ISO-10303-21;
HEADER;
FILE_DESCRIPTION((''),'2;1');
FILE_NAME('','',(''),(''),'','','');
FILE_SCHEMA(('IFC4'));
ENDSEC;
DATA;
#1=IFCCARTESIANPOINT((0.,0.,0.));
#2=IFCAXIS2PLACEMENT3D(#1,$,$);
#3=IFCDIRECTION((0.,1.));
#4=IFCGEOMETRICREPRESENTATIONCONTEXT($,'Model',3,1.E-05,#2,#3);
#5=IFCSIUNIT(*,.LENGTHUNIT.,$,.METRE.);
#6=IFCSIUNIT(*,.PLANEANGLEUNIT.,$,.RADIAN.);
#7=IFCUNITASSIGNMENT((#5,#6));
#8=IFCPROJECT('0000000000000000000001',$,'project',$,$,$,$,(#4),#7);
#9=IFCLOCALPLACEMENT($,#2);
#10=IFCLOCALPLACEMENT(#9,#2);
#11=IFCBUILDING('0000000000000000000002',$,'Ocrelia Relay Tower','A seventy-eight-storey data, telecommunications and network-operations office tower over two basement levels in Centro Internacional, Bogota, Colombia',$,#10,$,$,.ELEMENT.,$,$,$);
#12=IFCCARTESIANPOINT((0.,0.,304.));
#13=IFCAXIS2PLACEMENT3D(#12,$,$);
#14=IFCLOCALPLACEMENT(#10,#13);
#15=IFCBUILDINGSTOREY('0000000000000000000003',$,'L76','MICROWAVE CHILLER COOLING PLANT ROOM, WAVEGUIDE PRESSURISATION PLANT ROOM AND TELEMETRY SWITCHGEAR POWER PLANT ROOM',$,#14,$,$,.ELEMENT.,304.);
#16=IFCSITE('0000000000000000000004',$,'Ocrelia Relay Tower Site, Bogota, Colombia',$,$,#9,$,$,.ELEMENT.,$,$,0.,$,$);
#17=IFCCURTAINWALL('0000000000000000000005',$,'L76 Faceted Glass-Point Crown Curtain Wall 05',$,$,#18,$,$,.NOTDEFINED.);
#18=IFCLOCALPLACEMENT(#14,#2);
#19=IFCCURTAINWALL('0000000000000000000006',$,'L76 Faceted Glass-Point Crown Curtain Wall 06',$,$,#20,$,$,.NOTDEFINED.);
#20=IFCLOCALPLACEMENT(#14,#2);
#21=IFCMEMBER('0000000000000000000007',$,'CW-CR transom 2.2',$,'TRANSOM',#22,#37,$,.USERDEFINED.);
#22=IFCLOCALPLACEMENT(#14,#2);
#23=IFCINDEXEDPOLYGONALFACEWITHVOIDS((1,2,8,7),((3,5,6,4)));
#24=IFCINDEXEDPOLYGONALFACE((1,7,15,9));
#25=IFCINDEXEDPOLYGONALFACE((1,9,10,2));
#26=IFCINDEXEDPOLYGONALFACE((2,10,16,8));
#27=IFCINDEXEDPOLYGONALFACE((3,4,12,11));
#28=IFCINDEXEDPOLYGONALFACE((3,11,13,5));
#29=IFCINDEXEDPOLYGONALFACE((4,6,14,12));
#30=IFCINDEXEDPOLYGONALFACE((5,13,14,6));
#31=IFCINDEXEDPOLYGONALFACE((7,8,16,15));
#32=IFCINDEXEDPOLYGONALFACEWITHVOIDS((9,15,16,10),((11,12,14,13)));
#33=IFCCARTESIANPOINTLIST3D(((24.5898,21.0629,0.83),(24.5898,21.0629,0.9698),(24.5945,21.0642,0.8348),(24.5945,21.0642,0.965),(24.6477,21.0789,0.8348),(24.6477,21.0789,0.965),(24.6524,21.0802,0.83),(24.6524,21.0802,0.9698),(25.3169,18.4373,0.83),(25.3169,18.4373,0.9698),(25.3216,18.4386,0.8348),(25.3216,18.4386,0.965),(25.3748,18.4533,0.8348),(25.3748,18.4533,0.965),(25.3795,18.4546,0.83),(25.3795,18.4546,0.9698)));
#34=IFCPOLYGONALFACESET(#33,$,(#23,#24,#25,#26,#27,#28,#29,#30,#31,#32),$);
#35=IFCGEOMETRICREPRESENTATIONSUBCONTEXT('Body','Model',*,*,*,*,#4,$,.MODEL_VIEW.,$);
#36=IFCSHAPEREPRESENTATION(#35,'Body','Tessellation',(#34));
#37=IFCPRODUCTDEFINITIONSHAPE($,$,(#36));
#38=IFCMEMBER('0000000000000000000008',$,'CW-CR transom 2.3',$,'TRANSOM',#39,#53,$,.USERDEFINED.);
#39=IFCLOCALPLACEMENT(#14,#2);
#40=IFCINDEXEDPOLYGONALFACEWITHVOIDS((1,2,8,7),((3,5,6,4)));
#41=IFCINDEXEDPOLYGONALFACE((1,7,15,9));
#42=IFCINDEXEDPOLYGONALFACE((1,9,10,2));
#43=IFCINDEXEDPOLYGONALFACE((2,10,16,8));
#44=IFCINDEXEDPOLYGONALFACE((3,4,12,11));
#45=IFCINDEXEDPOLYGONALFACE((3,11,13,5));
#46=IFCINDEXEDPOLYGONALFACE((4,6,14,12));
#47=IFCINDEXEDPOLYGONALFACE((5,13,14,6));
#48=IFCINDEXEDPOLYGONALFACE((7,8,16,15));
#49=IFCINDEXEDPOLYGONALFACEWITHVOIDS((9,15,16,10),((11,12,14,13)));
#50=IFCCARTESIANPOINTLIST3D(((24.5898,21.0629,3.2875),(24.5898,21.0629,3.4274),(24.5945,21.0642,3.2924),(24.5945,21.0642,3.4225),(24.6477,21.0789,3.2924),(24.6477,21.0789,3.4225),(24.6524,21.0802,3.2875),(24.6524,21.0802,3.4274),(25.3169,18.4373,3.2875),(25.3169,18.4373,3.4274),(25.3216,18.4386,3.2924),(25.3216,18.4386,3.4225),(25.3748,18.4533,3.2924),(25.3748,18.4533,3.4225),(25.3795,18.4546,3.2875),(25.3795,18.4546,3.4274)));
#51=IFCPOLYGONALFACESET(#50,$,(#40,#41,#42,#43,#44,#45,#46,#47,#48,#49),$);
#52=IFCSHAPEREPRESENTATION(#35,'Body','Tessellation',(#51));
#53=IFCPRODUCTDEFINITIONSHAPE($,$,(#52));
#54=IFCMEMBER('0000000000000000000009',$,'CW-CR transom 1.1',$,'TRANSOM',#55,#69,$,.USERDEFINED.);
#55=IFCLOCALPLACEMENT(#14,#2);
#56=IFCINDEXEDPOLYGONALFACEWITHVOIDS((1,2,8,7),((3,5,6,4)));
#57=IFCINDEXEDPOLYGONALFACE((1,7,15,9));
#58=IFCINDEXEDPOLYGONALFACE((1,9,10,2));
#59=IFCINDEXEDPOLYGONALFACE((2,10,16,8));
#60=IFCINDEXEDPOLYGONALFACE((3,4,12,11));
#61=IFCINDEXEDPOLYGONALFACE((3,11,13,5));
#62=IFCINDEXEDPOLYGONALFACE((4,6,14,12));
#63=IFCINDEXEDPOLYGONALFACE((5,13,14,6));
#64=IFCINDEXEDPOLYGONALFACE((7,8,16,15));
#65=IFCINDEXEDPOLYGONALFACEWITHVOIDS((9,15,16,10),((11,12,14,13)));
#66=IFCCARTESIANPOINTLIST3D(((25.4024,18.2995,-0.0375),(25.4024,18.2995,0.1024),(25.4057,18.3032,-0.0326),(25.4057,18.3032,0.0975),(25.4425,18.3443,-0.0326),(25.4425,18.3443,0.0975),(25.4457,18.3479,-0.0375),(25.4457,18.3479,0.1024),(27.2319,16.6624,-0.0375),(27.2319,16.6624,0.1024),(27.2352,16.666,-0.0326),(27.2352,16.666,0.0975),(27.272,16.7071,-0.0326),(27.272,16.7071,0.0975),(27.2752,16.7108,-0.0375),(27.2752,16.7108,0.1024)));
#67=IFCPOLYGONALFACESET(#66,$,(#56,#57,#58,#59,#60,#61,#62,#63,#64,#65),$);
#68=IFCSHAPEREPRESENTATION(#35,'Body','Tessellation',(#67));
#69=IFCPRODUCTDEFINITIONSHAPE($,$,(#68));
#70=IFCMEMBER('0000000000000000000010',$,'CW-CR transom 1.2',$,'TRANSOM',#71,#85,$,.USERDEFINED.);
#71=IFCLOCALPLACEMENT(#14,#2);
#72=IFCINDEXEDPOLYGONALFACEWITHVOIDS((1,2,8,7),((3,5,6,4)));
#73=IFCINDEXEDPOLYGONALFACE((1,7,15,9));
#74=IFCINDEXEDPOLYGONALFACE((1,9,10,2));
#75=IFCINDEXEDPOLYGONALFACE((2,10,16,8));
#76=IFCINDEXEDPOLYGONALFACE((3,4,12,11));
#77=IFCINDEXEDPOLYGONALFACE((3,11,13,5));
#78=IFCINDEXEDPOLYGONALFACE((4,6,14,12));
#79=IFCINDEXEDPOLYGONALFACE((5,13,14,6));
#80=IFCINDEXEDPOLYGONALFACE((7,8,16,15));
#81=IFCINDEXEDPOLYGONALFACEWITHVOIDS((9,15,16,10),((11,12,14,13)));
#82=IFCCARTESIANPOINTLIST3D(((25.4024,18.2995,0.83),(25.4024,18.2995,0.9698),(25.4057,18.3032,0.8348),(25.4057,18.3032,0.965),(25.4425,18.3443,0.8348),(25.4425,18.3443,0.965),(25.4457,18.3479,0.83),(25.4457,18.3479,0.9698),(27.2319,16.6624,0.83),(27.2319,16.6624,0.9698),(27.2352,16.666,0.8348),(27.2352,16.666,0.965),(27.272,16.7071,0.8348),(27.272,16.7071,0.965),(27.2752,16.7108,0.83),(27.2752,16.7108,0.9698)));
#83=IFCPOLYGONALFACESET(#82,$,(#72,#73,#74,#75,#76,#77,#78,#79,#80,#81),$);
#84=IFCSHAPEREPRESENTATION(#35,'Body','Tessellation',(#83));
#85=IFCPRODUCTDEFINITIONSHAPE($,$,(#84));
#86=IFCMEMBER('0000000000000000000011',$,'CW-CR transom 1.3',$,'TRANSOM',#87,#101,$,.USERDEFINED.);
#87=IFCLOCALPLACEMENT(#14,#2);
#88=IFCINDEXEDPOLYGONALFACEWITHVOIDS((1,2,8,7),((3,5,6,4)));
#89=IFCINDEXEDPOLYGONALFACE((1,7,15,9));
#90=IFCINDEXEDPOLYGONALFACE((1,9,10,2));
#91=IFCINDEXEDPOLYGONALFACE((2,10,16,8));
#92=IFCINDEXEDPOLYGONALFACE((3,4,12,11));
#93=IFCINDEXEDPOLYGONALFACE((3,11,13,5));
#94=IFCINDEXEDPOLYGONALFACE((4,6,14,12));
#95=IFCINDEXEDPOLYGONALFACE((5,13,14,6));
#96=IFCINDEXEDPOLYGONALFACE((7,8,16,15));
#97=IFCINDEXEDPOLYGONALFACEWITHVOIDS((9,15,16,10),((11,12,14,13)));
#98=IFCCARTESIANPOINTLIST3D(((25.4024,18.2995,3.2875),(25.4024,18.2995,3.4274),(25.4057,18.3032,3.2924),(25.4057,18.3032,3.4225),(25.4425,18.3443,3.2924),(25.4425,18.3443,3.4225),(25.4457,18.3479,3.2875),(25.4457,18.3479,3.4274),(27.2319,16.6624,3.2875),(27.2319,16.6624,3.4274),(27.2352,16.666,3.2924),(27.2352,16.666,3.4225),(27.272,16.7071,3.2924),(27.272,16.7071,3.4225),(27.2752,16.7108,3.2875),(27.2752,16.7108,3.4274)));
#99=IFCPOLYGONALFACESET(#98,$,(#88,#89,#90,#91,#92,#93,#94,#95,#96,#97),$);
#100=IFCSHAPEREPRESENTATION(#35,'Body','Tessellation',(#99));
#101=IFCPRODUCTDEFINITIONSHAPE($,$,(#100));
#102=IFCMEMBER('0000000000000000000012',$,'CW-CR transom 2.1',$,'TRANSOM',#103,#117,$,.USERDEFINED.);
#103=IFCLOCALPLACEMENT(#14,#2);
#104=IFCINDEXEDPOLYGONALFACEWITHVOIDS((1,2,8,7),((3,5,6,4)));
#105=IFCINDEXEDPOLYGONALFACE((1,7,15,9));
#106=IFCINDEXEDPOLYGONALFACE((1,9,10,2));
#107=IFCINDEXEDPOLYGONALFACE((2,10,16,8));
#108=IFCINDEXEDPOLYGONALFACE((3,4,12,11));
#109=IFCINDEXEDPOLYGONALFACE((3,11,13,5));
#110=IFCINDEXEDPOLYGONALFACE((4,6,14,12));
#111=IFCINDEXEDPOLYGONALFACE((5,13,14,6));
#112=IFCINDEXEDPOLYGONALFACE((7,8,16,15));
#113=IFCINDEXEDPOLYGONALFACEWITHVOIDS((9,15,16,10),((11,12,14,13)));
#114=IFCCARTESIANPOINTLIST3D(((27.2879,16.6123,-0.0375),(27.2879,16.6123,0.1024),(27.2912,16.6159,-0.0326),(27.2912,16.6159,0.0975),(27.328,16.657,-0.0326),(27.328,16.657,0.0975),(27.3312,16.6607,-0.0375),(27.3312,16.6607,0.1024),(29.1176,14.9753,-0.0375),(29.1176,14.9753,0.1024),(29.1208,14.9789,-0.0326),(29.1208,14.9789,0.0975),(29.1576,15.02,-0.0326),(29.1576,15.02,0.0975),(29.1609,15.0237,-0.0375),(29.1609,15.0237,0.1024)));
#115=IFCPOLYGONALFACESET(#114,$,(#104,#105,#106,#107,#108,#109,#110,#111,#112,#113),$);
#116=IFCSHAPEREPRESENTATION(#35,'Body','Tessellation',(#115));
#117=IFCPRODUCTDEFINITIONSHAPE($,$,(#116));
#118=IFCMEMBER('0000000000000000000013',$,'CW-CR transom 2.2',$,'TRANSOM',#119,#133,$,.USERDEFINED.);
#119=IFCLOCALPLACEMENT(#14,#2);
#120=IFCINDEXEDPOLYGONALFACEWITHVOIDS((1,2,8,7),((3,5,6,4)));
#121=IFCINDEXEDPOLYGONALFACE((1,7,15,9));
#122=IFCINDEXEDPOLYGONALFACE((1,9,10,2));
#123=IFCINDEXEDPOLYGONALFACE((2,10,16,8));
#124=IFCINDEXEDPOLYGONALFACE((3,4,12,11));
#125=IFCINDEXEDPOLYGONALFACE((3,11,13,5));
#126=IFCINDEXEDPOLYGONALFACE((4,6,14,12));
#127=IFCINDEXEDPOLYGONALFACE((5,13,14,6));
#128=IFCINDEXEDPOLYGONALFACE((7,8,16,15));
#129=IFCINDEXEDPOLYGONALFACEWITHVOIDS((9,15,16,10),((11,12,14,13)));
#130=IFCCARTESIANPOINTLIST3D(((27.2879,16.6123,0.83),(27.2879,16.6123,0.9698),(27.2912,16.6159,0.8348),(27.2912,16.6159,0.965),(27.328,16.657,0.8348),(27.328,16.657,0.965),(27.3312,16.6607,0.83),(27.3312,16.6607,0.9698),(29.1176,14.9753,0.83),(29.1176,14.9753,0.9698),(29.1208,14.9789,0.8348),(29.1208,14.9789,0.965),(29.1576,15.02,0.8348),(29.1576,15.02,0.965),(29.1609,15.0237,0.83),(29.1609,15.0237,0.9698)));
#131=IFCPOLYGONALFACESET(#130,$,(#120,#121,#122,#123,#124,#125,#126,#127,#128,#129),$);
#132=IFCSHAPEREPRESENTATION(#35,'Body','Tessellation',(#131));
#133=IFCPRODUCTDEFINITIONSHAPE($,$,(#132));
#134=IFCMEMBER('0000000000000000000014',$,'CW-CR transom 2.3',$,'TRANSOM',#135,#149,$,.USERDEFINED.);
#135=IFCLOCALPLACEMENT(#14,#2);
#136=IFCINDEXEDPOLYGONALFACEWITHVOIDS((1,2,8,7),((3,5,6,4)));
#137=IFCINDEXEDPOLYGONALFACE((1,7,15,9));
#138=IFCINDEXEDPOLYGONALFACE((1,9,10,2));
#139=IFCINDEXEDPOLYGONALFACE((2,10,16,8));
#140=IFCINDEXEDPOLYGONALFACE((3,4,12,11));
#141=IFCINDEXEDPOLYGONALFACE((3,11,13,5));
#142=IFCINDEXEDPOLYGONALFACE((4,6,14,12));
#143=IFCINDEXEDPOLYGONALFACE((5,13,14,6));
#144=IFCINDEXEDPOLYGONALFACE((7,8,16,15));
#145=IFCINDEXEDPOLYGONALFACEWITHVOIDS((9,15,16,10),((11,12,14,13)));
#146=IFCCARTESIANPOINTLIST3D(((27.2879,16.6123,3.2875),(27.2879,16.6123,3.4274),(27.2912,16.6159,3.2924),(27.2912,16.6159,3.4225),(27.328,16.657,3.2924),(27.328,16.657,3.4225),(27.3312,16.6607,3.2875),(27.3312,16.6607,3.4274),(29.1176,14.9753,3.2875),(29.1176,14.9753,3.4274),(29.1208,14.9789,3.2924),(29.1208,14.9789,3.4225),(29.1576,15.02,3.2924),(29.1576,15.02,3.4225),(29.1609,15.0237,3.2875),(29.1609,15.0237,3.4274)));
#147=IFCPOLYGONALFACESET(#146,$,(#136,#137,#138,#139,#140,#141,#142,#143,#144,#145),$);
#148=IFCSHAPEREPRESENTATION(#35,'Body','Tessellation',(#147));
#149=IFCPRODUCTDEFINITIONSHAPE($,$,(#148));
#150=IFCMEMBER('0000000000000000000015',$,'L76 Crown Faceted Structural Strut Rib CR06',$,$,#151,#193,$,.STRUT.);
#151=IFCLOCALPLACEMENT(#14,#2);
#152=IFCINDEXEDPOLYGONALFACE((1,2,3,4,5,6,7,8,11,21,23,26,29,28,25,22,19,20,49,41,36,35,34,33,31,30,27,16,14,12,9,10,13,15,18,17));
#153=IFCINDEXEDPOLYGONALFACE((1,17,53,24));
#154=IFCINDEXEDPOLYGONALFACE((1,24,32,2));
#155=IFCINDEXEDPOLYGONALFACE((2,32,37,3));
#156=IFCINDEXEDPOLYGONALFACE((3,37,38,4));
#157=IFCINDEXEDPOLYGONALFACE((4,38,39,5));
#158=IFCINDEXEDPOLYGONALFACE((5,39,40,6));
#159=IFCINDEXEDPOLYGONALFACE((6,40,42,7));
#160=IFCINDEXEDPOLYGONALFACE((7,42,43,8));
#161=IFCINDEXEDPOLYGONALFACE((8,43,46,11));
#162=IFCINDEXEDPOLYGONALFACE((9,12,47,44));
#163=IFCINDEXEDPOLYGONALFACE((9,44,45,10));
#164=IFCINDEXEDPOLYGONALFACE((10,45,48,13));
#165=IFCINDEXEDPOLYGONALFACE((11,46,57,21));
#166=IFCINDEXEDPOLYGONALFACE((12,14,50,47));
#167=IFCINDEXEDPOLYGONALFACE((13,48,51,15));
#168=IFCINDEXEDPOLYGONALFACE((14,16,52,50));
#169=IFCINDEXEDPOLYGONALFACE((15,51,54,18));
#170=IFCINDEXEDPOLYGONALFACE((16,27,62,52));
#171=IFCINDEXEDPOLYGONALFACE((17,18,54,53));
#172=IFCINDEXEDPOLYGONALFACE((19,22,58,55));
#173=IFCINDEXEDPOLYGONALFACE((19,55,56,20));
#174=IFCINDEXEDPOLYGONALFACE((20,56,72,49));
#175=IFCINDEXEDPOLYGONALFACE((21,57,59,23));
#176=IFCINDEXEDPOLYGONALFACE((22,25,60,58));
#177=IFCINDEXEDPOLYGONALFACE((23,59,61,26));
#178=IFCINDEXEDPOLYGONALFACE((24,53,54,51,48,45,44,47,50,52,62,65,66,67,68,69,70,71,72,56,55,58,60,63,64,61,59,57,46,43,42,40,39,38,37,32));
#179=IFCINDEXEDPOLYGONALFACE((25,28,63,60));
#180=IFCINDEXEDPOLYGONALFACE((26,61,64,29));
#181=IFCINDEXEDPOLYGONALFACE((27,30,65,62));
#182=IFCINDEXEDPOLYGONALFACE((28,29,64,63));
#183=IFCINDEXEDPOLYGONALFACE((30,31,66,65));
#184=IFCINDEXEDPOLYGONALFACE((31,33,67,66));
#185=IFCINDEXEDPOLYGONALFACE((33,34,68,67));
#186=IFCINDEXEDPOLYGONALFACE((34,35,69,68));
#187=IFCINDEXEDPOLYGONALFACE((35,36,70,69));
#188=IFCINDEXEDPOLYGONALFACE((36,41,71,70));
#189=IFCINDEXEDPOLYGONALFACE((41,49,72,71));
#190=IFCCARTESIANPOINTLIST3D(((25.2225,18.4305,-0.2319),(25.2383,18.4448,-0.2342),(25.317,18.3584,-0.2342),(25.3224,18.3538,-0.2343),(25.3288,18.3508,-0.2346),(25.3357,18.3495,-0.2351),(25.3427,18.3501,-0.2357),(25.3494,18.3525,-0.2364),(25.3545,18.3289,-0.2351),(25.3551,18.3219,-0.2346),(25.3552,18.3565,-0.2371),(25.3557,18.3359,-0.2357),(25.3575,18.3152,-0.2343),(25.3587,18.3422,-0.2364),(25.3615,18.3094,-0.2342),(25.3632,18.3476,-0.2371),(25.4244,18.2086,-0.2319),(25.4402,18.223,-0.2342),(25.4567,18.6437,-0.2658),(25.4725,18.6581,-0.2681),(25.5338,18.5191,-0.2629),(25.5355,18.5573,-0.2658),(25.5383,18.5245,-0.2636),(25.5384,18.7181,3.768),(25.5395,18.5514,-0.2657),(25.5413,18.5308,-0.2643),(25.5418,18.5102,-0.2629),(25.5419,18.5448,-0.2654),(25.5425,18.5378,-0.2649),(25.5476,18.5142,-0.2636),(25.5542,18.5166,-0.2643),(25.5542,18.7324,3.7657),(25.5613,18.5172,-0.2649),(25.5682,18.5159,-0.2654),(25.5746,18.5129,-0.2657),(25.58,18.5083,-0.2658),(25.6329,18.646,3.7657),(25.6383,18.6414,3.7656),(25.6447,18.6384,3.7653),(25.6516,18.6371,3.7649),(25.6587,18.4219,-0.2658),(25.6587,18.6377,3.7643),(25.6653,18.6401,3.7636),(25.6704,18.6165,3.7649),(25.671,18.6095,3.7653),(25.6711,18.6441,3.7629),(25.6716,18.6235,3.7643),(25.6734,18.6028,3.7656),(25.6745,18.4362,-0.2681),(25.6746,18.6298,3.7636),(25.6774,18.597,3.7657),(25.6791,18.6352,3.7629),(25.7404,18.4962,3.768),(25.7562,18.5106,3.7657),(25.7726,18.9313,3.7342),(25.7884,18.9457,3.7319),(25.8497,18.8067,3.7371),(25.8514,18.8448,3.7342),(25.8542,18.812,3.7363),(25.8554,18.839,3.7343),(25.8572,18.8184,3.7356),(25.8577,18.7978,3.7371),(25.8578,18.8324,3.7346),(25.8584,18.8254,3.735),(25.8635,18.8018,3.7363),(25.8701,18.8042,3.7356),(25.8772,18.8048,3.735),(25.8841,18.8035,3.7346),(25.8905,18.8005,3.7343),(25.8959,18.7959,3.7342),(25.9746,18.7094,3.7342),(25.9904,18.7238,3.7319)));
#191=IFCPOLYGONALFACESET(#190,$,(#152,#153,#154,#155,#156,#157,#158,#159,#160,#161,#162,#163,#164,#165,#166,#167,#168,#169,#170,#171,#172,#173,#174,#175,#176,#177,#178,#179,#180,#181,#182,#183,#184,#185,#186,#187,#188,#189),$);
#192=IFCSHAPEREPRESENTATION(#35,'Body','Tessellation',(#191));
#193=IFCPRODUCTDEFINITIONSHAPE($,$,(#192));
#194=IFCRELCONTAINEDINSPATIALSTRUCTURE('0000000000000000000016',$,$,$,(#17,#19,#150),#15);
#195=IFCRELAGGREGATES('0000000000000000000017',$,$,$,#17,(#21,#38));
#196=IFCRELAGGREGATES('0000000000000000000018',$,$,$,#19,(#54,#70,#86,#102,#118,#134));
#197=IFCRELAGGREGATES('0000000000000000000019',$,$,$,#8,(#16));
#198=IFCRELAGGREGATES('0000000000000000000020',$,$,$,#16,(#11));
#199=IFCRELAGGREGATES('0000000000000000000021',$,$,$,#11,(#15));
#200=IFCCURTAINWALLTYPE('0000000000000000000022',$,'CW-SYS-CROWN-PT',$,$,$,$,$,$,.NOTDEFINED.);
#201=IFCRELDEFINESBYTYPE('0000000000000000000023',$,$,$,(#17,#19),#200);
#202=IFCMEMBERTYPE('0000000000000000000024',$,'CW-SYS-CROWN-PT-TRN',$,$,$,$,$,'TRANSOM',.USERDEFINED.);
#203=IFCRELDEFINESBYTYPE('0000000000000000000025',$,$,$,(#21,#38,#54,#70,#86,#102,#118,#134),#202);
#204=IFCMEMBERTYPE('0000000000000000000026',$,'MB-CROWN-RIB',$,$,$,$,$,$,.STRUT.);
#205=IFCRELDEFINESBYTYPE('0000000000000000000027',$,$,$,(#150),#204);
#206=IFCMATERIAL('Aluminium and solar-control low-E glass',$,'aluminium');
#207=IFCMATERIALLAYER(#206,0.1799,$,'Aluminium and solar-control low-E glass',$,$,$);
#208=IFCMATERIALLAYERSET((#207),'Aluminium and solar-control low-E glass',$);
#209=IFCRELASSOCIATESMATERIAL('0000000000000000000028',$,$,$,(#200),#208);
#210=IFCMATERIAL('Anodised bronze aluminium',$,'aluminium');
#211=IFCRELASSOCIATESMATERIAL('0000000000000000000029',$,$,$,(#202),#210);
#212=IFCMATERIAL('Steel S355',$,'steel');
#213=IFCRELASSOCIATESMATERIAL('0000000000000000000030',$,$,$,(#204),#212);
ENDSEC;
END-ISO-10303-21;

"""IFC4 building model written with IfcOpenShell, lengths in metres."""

from ifc_helpers import new_model, si_unit, direction, frame, origin, origin_2d, place, context, subcontext, project, spatial, hollow_rectangle, i_section, extrude, material, layer, layer_set, material_profile, profile_set, type_object, element, aggregate, save


model = new_model("IFC4")

# Units and contexts
model_context = context("Model", 3, precision=1e-05, world=origin(), true_north=direction((0.0, 1.0)))
body_context = subcontext(model_context, "Body", "Model", "MODEL_VIEW")
ifc_project = project(units=[si_unit("LENGTHUNIT", "METRE"), si_unit("PLANEANGLEUNIT", "RADIAN")], contexts=[model_context])

# Site, building, storey
site_placement = place(None, origin())
site = spatial("IfcSite", under=ifc_project, at=site_placement, Name="Ocrelia Relay Tower Site, Bogota, Colombia", CompositionType="ELEMENT", RefElevation=0.0)
building_placement = place(site_placement, origin())
building = spatial("IfcBuilding", under=site, at=building_placement, Name="Ocrelia Relay Tower", Description="A seventy-eight-storey data, telecommunications and network-operations office tower over two basement levels in Centro Internacional, Bogota, Colombia", CompositionType="ELEMENT")
storey_placement = place(building_placement, frame((0.0, 0.0, 304.0)))
storey = spatial("IfcBuildingStorey", under=building, at=storey_placement, Name="L76", Description="MICROWAVE CHILLER COOLING PLANT ROOM, WAVEGUIDE PRESSURISATION PLANT ROOM AND TELEMETRY SWITCHGEAR POWER PLANT ROOM", CompositionType="ELEMENT", Elevation=304.0)

# Shared definitions
ifc_material_1 = material(Name="Steel S355", Category="steel")

# Curtain walls
ifc_material_2 = material(Name="Aluminium and solar-control low-E glass", Category="aluminium")
ifc_layer_1 = layer(ifc_material_2, 0.1799, Name="Aluminium and solar-control low-E glass")
ifc_layer_set_1 = layer_set([ifc_layer_1], Name="Aluminium and solar-control low-E glass")
curtain_wall_type = type_object("IfcCurtainWallType", Name="CW-SYS-CROWN-PT", PredefinedType="NOTDEFINED", material=ifc_layer_set_1)
curtain_wall_1_placement = place(storey_placement, origin())
curtain_wall_1 = element("IfcCurtainWall", 1, at=curtain_wall_1_placement, inside=storey, type_object=curtain_wall_type, Name="L76 Faceted Glass-Point Crown Curtain Wall 05", PredefinedType="NOTDEFINED")
ifc_material_3 = material(Name="Anodised bronze aluminium", Category="aluminium")
curtain_wall_2_placement = place(storey_placement, origin())
curtain_wall_2 = element("IfcCurtainWall", 2, at=curtain_wall_2_placement, inside=storey, type_object=curtain_wall_type, Name="L76 Faceted Glass-Point Crown Curtain Wall 06", PredefinedType="NOTDEFINED")

# Members
ifc_material_profile_1 = material_profile(ifc_material_3, hollow_rectangle(XDim=0.0649, YDim=0.1399, WallThickness=0.0049, at=origin_2d()), Name="CW-TRN-140x65")
ifc_profile_set_1 = profile_set([ifc_material_profile_1], Name="Anodised bronze aluminium")
member_type_1 = type_object("IfcMemberType", Name="CW-SYS-CROWN-PT-TRN", ElementType="TRANSOM", PredefinedType="USERDEFINED", material=ifc_profile_set_1)
member_1_placement = place(storey_placement, frame((24.6211, 21.0715, 0.8999), z_axis=(0.266877, -0.963731, 0.0), x_axis=(0.963731, 0.266877, 0.0)))
member_1 = element("IfcMember", 3, at=member_1_placement, type_object=member_type_1, Name="CW-CR transom 2.2", ObjectType="TRANSOM", PredefinedType="USERDEFINED", context=body_context, shape_type="SweptSolid", body=[
    extrude(hollow_rectangle(XDim=0.0649, YDim=0.1399, WallThickness=0.0049, at=origin_2d()), origin(), (0.0, 0.0, 1.0), 2.7244),
])
member_2_placement = place(storey_placement, frame((24.6211, 21.0715, 3.3574), z_axis=(0.266877, -0.963731, 0.0), x_axis=(0.963731, 0.266877, 0.0)))
member_2 = element("IfcMember", 4, at=member_2_placement, type_object=member_type_1, Name="CW-CR transom 2.3", ObjectType="TRANSOM", PredefinedType="USERDEFINED", context=body_context, shape_type="SweptSolid", body=[
    extrude(hollow_rectangle(XDim=0.0649, YDim=0.1399, WallThickness=0.0049, at=origin_2d()), origin(), (0.0, 0.0, 1.0), 2.7244),
])
member_3_placement = place(storey_placement, frame((25.4241, 18.3237, 0.0325), z_axis=(0.7452, -0.666841, 0.0), x_axis=(0.666841, 0.7452, 0.0)))
member_3 = element("IfcMember", 5, at=member_3_placement, type_object=member_type_1, Name="CW-CR transom 1.1", ObjectType="TRANSOM", PredefinedType="USERDEFINED", context=body_context, shape_type="SweptSolid", body=[
    extrude(hollow_rectangle(XDim=0.0649, YDim=0.1399, WallThickness=0.0049, at=origin_2d()), origin(), (0.0, 0.0, 1.0), 2.4551),
])
member_4_placement = place(storey_placement, frame((25.4241, 18.3237, 0.8999), z_axis=(0.7452, -0.666841, 0.0), x_axis=(0.666841, 0.7452, 0.0)))
member_4 = element("IfcMember", 6, at=member_4_placement, type_object=member_type_1, Name="CW-CR transom 1.2", ObjectType="TRANSOM", PredefinedType="USERDEFINED", context=body_context, shape_type="SweptSolid", body=[
    extrude(hollow_rectangle(XDim=0.0649, YDim=0.1399, WallThickness=0.0049, at=origin_2d()), origin(), (0.0, 0.0, 1.0), 2.4551),
])
member_5_placement = place(storey_placement, frame((25.4241, 18.3237, 3.3574), z_axis=(0.7452, -0.666841, 0.0), x_axis=(0.666841, 0.7452, 0.0)))
member_5 = element("IfcMember", 7, at=member_5_placement, type_object=member_type_1, Name="CW-CR transom 1.3", ObjectType="TRANSOM", PredefinedType="USERDEFINED", context=body_context, shape_type="SweptSolid", body=[
    extrude(hollow_rectangle(XDim=0.0649, YDim=0.1399, WallThickness=0.0049, at=origin_2d()), origin(), (0.0, 0.0, 1.0), 2.4551),
])
member_6_placement = place(storey_placement, frame((27.3096, 16.6365, 0.0325), z_axis=(0.745249, -0.666786, 0.0), x_axis=(0.666786, 0.745249, 0.0)))
member_6 = element("IfcMember", 8, at=member_6_placement, type_object=member_type_1, Name="CW-CR transom 2.1", ObjectType="TRANSOM", PredefinedType="USERDEFINED", context=body_context, shape_type="SweptSolid", body=[
    extrude(hollow_rectangle(XDim=0.0649, YDim=0.1399, WallThickness=0.0049, at=origin_2d()), origin(), (0.0, 0.0, 1.0), 2.4551),
])
member_7_placement = place(storey_placement, frame((27.3096, 16.6365, 0.8999), z_axis=(0.745249, -0.666786, 0.0), x_axis=(0.666786, 0.745249, 0.0)))
member_7 = element("IfcMember", 9, at=member_7_placement, type_object=member_type_1, Name="CW-CR transom 2.2", ObjectType="TRANSOM", PredefinedType="USERDEFINED", context=body_context, shape_type="SweptSolid", body=[
    extrude(hollow_rectangle(XDim=0.0649, YDim=0.1399, WallThickness=0.0049, at=origin_2d()), origin(), (0.0, 0.0, 1.0), 2.4551),
])
member_8_placement = place(storey_placement, frame((27.3096, 16.6365, 3.3574), z_axis=(0.745249, -0.666786, 0.0), x_axis=(0.666786, 0.745249, 0.0)))
member_8 = element("IfcMember", 10, at=member_8_placement, type_object=member_type_1, Name="CW-CR transom 2.3", ObjectType="TRANSOM", PredefinedType="USERDEFINED", context=body_context, shape_type="SweptSolid", body=[
    extrude(hollow_rectangle(XDim=0.0649, YDim=0.1399, WallThickness=0.0049, at=origin_2d()), origin(), (0.0, 0.0, 1.0), 2.4551),
])
ifc_material_profile_2 = material_profile(ifc_material_1, i_section(OverallWidth=0.3, OverallDepth=0.3401, WebThickness=0.012, FlangeThickness=0.0215, FilletRadius=0.0271, at=origin_2d()), Name="HEB 340")
ifc_profile_set_2 = profile_set([ifc_material_profile_2], Name="Steel S355")
member_type_2 = type_object("IfcMemberType", Name="MB-CROWN-RIB", PredefinedType="STRUT", material=ifc_profile_set_2)
member_9_placement = place(storey_placement, frame((25.4485, 18.4333, -0.25), z_axis=(0.078533, 0.071493, 0.994345), x_axis=(-0.673185, 0.739474, 0.0)))
element("IfcMember", 11, at=member_9_placement, inside=storey, type_object=member_type_2, Name="L76 Crown Faceted Structural Strut Rib CR06", PredefinedType="STRUT", context=body_context, shape_type="SweptSolid", body=[
    extrude(i_section(OverallWidth=0.3, OverallDepth=0.3401, WebThickness=0.012, FlangeThickness=0.0215, FilletRadius=0.0271, at=origin_2d()), origin(), (0.0, 0.0, 1.0), 4.0227),
])

aggregate(curtain_wall_1, [member_1, member_2])
aggregate(curtain_wall_2, [member_3, member_4, member_5, member_6, member_7, member_8])

save(model, "model.ifc")
